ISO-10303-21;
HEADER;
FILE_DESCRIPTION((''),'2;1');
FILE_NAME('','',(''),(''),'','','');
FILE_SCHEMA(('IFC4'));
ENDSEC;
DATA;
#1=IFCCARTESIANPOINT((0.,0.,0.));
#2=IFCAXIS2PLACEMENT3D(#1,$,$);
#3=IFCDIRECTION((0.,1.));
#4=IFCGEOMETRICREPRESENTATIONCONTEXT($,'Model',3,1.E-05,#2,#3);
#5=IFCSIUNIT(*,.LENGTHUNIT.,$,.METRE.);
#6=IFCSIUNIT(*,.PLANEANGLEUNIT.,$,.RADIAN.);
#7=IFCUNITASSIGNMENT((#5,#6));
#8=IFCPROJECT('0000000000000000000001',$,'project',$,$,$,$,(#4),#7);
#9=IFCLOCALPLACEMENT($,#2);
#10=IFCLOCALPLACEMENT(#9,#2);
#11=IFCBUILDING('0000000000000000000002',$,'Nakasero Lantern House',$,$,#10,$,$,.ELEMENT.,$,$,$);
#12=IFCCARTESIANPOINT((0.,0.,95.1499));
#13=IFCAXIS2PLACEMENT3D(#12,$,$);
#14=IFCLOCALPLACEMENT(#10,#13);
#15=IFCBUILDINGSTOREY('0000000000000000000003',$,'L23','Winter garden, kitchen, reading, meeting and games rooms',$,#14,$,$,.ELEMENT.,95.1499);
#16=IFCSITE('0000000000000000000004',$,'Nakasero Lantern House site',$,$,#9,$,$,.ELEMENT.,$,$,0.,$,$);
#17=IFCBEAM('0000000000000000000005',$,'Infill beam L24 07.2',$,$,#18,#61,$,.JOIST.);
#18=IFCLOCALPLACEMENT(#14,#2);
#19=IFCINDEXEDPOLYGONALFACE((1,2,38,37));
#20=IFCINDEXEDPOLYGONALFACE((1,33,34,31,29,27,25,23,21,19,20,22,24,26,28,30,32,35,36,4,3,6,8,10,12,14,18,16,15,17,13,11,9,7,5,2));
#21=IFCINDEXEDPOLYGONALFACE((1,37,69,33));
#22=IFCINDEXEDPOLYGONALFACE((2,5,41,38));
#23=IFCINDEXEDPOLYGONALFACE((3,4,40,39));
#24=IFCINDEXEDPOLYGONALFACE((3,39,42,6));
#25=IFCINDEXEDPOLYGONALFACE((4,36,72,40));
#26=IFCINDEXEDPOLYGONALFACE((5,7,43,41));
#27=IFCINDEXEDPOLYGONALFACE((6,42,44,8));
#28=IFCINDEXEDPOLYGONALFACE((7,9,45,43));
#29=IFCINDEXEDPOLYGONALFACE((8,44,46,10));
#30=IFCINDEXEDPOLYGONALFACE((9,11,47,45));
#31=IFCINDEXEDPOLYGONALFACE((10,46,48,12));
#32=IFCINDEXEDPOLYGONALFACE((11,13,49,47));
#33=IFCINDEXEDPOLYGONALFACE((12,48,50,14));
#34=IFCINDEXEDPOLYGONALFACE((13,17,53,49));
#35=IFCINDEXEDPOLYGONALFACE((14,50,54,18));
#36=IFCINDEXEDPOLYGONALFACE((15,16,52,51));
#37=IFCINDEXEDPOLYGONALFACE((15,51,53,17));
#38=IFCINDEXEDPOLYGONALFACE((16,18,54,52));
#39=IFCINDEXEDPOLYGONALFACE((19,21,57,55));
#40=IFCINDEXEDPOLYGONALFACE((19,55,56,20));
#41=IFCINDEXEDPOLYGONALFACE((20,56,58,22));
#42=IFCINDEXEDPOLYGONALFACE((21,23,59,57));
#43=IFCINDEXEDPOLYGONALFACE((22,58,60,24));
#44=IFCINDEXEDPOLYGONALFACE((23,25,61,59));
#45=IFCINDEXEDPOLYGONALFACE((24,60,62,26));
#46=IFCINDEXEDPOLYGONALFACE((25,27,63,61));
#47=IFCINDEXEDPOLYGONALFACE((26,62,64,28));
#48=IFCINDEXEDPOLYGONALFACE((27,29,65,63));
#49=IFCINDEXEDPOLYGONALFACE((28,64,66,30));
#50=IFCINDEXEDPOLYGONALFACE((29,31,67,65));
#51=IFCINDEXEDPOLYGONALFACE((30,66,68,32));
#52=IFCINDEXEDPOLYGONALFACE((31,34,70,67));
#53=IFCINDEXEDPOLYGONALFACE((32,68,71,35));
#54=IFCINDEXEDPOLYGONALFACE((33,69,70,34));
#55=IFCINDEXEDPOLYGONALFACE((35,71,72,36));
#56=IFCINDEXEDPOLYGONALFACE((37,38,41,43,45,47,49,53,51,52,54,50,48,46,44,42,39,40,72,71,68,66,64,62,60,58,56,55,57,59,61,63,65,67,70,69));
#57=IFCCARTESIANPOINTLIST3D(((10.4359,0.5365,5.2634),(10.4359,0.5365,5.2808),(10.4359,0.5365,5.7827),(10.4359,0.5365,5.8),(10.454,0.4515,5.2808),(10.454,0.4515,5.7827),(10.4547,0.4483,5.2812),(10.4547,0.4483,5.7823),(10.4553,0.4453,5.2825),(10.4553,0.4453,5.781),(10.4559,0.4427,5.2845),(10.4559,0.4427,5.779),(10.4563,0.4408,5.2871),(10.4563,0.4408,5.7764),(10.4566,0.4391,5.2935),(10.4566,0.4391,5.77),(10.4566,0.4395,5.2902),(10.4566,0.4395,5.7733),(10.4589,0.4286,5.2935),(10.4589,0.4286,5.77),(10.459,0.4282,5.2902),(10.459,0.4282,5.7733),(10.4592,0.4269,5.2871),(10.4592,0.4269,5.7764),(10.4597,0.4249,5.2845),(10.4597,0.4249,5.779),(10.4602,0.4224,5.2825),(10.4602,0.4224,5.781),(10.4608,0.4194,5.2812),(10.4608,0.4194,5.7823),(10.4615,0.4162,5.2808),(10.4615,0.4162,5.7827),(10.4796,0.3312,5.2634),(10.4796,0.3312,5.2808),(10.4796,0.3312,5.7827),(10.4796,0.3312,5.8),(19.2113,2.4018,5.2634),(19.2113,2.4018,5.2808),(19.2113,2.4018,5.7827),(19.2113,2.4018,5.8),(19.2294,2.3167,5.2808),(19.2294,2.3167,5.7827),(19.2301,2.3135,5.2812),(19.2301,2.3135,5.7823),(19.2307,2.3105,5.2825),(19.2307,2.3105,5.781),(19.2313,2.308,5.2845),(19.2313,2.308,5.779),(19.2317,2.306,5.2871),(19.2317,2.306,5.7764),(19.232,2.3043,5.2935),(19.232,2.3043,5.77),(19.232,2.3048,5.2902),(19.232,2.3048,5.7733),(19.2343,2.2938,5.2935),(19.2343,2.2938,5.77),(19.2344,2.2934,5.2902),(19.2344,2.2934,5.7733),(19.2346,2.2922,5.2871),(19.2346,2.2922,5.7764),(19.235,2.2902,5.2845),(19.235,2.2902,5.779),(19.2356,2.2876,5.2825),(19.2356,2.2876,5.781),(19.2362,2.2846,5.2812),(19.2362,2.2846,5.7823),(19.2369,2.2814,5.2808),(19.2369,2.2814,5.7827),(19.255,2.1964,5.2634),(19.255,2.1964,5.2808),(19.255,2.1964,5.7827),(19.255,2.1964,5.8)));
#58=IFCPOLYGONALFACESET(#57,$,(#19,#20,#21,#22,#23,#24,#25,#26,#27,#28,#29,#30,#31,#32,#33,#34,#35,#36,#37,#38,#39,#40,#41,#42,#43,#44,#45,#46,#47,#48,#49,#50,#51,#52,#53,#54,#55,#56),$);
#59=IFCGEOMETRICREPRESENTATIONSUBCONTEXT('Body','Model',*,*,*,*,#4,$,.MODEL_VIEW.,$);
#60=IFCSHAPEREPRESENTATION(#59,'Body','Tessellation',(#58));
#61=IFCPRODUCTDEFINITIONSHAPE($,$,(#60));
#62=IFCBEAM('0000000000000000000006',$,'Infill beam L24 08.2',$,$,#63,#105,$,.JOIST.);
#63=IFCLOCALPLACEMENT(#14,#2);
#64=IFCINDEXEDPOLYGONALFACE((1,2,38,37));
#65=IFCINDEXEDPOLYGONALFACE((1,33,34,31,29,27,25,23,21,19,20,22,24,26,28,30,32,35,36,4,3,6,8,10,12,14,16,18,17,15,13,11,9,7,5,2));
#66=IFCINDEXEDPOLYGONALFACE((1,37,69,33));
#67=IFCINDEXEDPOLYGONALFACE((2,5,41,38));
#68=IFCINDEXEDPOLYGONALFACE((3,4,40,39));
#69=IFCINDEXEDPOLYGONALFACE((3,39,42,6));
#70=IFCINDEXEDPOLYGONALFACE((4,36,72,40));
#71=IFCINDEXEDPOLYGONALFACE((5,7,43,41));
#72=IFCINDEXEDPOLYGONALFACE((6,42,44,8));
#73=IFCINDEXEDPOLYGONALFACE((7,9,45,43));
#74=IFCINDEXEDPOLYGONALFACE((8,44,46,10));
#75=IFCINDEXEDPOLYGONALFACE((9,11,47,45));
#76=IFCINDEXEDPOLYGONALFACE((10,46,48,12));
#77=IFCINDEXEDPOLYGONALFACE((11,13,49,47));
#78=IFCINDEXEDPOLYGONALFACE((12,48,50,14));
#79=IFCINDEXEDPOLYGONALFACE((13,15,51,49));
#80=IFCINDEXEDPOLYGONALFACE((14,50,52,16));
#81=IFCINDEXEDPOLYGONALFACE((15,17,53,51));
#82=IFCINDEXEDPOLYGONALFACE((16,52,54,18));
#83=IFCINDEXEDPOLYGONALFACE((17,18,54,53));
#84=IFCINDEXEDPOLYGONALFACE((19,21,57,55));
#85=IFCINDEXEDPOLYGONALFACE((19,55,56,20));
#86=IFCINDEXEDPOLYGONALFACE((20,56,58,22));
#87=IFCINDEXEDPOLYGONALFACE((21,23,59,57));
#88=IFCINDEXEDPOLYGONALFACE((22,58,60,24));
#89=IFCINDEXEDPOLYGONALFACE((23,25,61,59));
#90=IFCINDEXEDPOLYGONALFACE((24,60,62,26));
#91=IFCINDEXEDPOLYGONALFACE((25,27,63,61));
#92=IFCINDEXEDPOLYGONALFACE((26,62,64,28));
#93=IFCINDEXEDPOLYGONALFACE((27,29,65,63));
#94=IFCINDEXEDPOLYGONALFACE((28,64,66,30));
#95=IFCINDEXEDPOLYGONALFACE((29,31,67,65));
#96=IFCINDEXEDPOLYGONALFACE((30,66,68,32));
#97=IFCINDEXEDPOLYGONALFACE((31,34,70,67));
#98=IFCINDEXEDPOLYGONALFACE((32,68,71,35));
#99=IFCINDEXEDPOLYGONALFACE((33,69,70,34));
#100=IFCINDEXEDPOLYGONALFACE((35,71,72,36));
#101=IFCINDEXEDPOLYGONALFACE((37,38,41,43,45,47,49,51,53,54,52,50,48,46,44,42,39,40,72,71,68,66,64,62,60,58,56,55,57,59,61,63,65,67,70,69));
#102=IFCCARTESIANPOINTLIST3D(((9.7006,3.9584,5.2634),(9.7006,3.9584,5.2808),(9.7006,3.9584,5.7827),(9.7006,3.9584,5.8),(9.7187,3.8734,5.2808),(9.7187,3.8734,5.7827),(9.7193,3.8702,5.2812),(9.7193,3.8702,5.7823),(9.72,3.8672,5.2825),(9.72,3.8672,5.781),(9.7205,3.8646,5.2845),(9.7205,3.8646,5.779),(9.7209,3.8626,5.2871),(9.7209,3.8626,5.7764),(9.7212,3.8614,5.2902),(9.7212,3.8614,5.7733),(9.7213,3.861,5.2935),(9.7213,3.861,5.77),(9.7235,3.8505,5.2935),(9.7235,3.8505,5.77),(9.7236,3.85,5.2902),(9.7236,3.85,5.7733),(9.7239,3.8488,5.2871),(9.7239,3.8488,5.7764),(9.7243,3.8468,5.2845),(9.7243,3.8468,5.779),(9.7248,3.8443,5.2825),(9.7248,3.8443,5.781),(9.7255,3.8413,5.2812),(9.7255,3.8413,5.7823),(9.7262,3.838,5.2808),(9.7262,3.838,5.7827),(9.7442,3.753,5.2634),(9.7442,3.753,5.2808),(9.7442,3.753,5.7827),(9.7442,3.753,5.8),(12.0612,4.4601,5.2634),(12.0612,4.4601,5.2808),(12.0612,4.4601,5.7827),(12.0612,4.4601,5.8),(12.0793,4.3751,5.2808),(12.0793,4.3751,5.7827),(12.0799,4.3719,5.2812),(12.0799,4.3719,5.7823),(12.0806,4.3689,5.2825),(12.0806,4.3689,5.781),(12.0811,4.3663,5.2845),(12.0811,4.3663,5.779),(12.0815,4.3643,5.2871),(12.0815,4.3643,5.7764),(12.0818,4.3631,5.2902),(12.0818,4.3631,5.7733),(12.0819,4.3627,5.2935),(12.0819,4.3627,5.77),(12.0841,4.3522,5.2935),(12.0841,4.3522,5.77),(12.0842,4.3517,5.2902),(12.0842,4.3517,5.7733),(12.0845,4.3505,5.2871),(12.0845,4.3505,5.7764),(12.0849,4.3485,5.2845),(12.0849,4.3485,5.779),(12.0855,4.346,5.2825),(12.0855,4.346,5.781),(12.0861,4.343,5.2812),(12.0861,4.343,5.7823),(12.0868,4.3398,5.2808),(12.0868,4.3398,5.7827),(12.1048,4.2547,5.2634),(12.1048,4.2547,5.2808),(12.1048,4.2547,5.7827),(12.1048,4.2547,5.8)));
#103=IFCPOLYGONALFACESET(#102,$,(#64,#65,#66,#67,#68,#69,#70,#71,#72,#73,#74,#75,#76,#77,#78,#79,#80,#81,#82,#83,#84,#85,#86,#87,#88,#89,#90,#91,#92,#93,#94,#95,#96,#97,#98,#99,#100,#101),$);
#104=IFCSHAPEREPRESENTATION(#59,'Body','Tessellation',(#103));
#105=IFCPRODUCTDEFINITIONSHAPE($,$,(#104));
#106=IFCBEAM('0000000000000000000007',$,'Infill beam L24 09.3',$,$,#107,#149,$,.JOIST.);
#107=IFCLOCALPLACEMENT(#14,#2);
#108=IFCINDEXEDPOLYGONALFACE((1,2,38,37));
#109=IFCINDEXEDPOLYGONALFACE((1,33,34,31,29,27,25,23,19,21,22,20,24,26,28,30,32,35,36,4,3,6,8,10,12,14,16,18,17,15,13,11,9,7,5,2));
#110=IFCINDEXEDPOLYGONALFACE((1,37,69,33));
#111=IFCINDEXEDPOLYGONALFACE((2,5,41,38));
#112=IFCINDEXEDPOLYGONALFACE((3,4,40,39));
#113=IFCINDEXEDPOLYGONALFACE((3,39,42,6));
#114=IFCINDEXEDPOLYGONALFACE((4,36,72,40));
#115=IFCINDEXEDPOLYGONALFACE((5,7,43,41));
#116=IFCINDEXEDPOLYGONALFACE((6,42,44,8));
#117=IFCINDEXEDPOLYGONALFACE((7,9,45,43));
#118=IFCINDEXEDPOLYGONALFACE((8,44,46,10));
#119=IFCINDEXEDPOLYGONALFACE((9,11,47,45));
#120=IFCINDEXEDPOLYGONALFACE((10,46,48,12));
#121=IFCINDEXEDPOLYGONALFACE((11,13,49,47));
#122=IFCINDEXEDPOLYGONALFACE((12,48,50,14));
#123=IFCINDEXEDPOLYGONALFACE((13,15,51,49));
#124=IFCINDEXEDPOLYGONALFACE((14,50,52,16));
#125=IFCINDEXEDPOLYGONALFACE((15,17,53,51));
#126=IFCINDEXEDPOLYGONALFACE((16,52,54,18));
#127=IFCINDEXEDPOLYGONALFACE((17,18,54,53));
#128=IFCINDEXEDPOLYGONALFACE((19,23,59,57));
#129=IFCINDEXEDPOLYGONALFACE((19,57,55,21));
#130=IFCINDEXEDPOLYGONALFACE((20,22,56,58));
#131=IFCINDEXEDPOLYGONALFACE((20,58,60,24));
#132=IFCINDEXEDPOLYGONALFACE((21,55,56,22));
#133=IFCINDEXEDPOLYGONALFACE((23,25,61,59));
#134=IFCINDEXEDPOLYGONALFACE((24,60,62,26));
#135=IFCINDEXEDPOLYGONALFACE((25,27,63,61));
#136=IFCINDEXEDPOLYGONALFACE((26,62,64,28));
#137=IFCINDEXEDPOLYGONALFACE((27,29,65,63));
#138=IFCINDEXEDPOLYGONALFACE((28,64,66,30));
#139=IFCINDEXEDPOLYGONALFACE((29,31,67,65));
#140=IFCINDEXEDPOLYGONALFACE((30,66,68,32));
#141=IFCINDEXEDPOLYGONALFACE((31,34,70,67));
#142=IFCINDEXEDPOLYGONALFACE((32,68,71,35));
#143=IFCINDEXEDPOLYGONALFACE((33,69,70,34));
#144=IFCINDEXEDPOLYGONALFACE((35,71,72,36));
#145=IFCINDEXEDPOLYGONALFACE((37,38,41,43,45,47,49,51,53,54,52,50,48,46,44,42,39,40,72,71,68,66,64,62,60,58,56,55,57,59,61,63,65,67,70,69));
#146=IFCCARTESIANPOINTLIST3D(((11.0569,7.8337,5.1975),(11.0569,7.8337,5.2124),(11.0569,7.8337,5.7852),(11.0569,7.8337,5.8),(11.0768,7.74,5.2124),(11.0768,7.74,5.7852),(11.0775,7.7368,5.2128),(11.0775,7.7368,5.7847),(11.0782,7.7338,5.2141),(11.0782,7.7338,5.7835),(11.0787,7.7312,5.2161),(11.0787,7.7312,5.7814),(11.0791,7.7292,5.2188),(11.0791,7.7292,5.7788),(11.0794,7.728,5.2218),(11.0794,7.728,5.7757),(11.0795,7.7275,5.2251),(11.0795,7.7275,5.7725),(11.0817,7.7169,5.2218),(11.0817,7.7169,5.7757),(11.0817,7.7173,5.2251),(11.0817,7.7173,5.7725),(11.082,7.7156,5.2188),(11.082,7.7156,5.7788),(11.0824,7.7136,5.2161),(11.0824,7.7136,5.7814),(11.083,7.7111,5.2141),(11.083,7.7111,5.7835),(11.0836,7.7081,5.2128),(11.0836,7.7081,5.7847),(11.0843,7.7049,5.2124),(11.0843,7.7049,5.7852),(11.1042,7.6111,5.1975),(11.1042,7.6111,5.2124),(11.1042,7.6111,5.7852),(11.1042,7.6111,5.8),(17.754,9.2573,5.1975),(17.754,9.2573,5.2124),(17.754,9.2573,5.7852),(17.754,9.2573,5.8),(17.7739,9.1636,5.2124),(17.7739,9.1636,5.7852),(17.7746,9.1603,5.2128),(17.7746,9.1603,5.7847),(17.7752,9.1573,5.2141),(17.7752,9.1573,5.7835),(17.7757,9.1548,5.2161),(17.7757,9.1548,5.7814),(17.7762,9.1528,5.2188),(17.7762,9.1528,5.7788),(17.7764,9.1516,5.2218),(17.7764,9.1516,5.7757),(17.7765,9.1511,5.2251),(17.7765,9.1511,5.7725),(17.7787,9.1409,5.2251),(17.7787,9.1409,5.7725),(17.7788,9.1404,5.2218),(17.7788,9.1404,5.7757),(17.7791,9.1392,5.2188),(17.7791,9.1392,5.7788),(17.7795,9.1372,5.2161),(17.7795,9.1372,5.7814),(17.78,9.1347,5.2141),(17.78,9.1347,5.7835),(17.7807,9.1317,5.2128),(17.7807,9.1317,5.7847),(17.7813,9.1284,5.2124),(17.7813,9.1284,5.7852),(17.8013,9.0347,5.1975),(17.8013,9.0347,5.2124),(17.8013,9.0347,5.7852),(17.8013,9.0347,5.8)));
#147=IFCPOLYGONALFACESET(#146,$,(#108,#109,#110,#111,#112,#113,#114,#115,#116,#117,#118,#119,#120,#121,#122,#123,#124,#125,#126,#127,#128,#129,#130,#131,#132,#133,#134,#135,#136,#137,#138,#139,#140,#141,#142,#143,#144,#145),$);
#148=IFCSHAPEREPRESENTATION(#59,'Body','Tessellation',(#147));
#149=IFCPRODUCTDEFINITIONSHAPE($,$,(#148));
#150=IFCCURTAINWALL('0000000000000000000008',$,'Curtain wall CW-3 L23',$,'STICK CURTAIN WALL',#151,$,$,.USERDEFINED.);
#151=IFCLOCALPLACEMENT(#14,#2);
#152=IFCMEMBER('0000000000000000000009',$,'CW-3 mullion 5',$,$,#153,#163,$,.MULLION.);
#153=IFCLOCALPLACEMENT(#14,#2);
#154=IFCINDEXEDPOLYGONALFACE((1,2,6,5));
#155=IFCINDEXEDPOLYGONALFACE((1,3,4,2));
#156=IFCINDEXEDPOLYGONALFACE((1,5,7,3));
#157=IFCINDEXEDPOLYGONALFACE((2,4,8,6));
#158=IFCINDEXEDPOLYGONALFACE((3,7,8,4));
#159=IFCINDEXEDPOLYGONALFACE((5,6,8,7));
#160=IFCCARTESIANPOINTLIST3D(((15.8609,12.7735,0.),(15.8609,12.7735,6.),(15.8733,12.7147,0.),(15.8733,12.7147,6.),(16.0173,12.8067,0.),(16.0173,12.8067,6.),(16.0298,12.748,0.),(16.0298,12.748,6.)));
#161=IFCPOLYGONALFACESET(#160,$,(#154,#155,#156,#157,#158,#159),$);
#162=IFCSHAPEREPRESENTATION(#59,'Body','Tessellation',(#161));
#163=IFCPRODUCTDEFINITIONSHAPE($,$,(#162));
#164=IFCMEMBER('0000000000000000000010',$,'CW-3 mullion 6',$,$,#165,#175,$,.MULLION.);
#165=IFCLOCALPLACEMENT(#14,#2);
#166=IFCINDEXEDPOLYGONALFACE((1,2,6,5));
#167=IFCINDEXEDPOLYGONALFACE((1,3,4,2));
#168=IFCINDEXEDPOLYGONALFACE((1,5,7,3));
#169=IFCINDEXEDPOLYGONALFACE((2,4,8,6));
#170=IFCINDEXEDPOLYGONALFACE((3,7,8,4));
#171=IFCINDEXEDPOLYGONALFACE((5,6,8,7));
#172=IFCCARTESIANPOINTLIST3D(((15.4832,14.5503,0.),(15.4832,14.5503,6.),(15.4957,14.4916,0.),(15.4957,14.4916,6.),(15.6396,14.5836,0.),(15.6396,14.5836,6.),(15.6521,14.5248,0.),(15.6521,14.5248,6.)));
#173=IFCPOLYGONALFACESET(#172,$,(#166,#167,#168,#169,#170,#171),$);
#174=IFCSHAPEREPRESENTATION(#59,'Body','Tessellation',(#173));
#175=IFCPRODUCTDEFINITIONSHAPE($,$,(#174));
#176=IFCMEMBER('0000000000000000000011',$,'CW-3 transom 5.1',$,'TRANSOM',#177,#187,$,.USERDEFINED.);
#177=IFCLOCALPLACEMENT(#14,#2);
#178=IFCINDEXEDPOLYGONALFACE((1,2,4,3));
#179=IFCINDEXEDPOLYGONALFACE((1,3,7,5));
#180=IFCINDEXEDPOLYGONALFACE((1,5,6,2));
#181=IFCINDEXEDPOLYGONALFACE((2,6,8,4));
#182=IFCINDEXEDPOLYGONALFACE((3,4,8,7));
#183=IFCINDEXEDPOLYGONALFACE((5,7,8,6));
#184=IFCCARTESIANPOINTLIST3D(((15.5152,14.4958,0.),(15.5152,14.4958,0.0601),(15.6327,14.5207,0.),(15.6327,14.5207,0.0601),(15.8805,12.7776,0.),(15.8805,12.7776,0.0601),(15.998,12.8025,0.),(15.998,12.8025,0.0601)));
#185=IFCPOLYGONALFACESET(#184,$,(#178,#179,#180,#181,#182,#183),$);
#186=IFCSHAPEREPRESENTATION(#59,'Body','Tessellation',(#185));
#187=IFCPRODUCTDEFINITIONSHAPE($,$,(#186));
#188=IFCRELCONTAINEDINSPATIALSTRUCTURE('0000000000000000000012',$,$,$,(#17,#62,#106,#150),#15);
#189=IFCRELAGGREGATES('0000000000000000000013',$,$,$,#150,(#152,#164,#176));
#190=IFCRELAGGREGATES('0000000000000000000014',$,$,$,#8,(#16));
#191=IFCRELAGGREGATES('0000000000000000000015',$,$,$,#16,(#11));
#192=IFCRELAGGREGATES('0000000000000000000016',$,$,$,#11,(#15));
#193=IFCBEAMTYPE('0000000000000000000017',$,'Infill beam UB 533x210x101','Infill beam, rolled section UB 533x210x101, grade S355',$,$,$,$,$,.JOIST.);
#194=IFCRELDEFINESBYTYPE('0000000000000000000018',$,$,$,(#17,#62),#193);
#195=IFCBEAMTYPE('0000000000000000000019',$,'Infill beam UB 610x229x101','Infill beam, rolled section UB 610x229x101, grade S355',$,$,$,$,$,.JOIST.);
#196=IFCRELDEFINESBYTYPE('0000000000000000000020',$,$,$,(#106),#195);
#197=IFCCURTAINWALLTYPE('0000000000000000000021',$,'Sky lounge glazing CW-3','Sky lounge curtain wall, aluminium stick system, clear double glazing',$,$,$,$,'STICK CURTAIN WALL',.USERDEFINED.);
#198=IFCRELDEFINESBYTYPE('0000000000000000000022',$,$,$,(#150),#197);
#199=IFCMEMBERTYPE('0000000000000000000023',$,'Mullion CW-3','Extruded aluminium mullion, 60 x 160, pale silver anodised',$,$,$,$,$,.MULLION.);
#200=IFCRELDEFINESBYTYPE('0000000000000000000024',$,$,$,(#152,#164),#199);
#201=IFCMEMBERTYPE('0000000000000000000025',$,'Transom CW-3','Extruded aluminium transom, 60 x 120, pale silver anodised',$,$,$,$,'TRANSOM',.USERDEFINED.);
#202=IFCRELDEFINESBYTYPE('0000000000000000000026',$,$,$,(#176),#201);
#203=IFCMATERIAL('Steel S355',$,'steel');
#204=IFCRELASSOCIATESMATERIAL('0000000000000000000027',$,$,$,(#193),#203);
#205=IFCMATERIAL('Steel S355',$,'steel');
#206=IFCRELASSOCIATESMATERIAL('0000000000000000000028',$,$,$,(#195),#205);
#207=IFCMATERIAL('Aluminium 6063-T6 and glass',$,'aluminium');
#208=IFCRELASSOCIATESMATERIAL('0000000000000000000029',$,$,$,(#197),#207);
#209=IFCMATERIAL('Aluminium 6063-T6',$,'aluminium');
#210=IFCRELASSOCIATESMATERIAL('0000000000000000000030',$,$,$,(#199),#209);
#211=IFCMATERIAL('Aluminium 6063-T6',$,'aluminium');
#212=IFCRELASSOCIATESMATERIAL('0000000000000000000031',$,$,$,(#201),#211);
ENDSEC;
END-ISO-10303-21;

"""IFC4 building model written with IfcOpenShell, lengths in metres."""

from ifc_helpers import new_model, si_unit, direction, frame, origin, origin_2d, place, context, subcontext, project, spatial, rectangle, i_section, extrude, material, material_profile, profile_set, type_object, element, aggregate, save


model = new_model("IFC4")

# Units and contexts
model_context = context("Model", 3, precision=1e-05, world=origin(), true_north=direction((0.0, 1.0)))
body_context = subcontext(model_context, "Body", "Model", "MODEL_VIEW")
ifc_project = project(units=[si_unit("LENGTHUNIT", "METRE"), si_unit("PLANEANGLEUNIT", "RADIAN")], contexts=[model_context])

# Site, building, storey
site_placement = place(None, origin())
site = spatial("IfcSite", under=ifc_project, at=site_placement, Name="Nakasero Lantern House site", CompositionType="ELEMENT", RefElevation=0.0)
building_placement = place(site_placement, origin())
building = spatial("IfcBuilding", under=site, at=building_placement, Name="Nakasero Lantern House", CompositionType="ELEMENT")
storey_placement = place(building_placement, frame((0.0, 0.0, 95.1499)))
storey = spatial("IfcBuildingStorey", under=building, at=storey_placement, Name="L23", Description="Winter garden, kitchen, reading, meeting and games rooms", CompositionType="ELEMENT", Elevation=95.1499)

# Beams
ifc_material_1 = material(Name="Steel S355", Category="steel")
ifc_material_profile_1 = material_profile(ifc_material_1, i_section(OverallWidth=0.21, OverallDepth=0.5366, WebThickness=0.0107, FlangeThickness=0.0173, FilletRadius=0.0127, at=origin_2d()), Name="UB 533x210x101")
ifc_profile_set_1 = profile_set([ifc_material_profile_1], Name="Steel S355")
beam_type_1 = type_object("IfcBeamType", Name="Infill beam UB 533x210x101", Description="Infill beam, rolled section UB 533x210x101, grade S355", PredefinedType="JOIST", material=ifc_profile_set_1)
beam_1_placement = place(storey_placement, frame((10.4578, 0.4338, 5.5317), z_axis=(0.978148, 0.207908, 0.0), x_axis=(-0.207908, 0.978148, 0.0)))
element("IfcBeam", 1, at=beam_1_placement, inside=storey, type_object=beam_type_1, Name="Infill beam L24 07.2", PredefinedType="JOIST", context=body_context, shape_type="SweptSolid", body=[
    extrude(i_section(OverallWidth=0.21, OverallDepth=0.5366, WebThickness=0.0107, FlangeThickness=0.0173, FilletRadius=0.0127, at=origin_2d()), origin(), (0.0, 0.0, 1.0), 8.9714),
])
beam_2_placement = place(storey_placement, frame((9.7224, 3.8557, 5.5317), z_axis=(0.978152, 0.207891, 0.0), x_axis=(-0.207891, 0.978152, 0.0)))
element("IfcBeam", 2, at=beam_2_placement, inside=storey, type_object=beam_type_1, Name="Infill beam L24 08.2", PredefinedType="JOIST", context=body_context, shape_type="SweptSolid", body=[
    extrude(i_section(OverallWidth=0.21, OverallDepth=0.5366, WebThickness=0.0107, FlangeThickness=0.0173, FilletRadius=0.0127, at=origin_2d()), origin(), (0.0, 0.0, 1.0), 2.4133),
])
ifc_material_2 = material(Name="Steel S355", Category="steel")
ifc_material_profile_2 = material_profile(ifc_material_2, i_section(OverallWidth=0.2275, OverallDepth=0.6025, WebThickness=0.0105, FlangeThickness=0.0149, FilletRadius=0.0127, at=origin_2d()), Name="UB 610x229x101")
ifc_profile_set_2 = profile_set([ifc_material_profile_2], Name="Steel S355")
beam_type_2 = type_object("IfcBeamType", Name="Infill beam UB 610x229x101", Description="Infill beam, rolled section UB 610x229x101, grade S355", PredefinedType="JOIST", material=ifc_profile_set_2)
beam_3_placement = place(storey_placement, frame((11.0806, 7.7224, 5.4988), z_axis=(0.978145, 0.207924, 0.0), x_axis=(-0.207924, 0.978145, 0.0)))
element("IfcBeam", 3, at=beam_3_placement, inside=storey, type_object=beam_type_2, Name="Infill beam L24 09.3", PredefinedType="JOIST", context=body_context, shape_type="SweptSolid", body=[
    extrude(i_section(OverallWidth=0.2275, OverallDepth=0.6025, WebThickness=0.0105, FlangeThickness=0.0149, FilletRadius=0.0127, at=origin_2d()), origin(), (0.0, 0.0, 1.0), 6.8467),
])

# Curtain wall, members
ifc_material_3 = material(Name="Aluminium 6063-T6 and glass", Category="aluminium")
curtain_wall_type = type_object("IfcCurtainWallType", Name="Sky lounge glazing CW-3", Description="Sky lounge curtain wall, aluminium stick system, clear double glazing", ElementType="STICK CURTAIN WALL", PredefinedType="USERDEFINED", material=ifc_material_3)
curtain_wall_placement = place(storey_placement, origin())
curtain_wall = element("IfcCurtainWall", 4, at=curtain_wall_placement, inside=storey, type_object=curtain_wall_type, Name="Curtain wall CW-3 L23", ObjectType="STICK CURTAIN WALL", PredefinedType="USERDEFINED")
ifc_material_4 = material(Name="Aluminium 6063-T6", Category="aluminium")
ifc_material_profile_3 = material_profile(ifc_material_4, rectangle(XDim=0.0601, YDim=0.1599, at=origin_2d()), Name="CW-3 mullion 60x160")
ifc_profile_set_3 = profile_set([ifc_material_profile_3], Name="Aluminium 6063-T6")
member_type_1 = type_object("IfcMemberType", Name="Mullion CW-3", Description="Extruded aluminium mullion, 60 x 160, pale silver anodised", PredefinedType="MULLION", material=ifc_profile_set_3)
member_1_placement = place(storey_placement, frame((15.9453, 12.7607, 0.0), z_axis=(0.0, 0.0, 1.0), x_axis=(-0.207912, 0.978148, 0.0)))
member_1 = element("IfcMember", 5, at=member_1_placement, type_object=member_type_1, Name="CW-3 mullion 5", PredefinedType="MULLION", context=body_context, shape_type="SweptSolid", body=[
    extrude(rectangle(XDim=0.0601, YDim=0.1599, at=origin_2d()), origin(), (0.0, 0.0, 1.0), 6.0),
])
member_2_placement = place(storey_placement, frame((15.5676, 14.5376, 0.0), z_axis=(0.0, 0.0, 1.0), x_axis=(-0.207912, 0.978148, 0.0)))
member_2 = element("IfcMember", 6, at=member_2_placement, type_object=member_type_1, Name="CW-3 mullion 6", PredefinedType="MULLION", context=body_context, shape_type="SweptSolid", body=[
    extrude(rectangle(XDim=0.0601, YDim=0.1599, at=origin_2d()), origin(), (0.0, 0.0, 1.0), 6.0),
])
ifc_material_5 = material(Name="Aluminium 6063-T6", Category="aluminium")
ifc_material_profile_4 = material_profile(ifc_material_5, rectangle(XDim=0.0601, YDim=0.1201, at=origin_2d()), Name="CW-3 transom 60x120")
ifc_profile_set_4 = profile_set([ifc_material_profile_4], Name="Aluminium 6063-T6")
member_type_2 = type_object("IfcMemberType", Name="Transom CW-3", Description="Extruded aluminium transom, 60 x 120, pale silver anodised", ElementType="TRANSOM", PredefinedType="USERDEFINED", material=ifc_profile_set_4)
member_3_placement = place(storey_placement, frame((15.9392, 12.79, 0.03), z_axis=(-0.207915, 0.978147, 0.0), x_axis=(0.0, 0.0, 1.0)))
member_3 = element("IfcMember", 7, at=member_3_placement, type_object=member_type_2, Name="CW-3 transom 5.1", ObjectType="TRANSOM", PredefinedType="USERDEFINED", context=body_context, shape_type="SweptSolid", body=[
    extrude(rectangle(XDim=0.0601, YDim=0.1201, at=origin_2d()), origin(), (0.0, 0.0, 1.0), 1.7566),
])
aggregate(curtain_wall, [member_1, member_2, member_3])

save(model, "model.ifc")
